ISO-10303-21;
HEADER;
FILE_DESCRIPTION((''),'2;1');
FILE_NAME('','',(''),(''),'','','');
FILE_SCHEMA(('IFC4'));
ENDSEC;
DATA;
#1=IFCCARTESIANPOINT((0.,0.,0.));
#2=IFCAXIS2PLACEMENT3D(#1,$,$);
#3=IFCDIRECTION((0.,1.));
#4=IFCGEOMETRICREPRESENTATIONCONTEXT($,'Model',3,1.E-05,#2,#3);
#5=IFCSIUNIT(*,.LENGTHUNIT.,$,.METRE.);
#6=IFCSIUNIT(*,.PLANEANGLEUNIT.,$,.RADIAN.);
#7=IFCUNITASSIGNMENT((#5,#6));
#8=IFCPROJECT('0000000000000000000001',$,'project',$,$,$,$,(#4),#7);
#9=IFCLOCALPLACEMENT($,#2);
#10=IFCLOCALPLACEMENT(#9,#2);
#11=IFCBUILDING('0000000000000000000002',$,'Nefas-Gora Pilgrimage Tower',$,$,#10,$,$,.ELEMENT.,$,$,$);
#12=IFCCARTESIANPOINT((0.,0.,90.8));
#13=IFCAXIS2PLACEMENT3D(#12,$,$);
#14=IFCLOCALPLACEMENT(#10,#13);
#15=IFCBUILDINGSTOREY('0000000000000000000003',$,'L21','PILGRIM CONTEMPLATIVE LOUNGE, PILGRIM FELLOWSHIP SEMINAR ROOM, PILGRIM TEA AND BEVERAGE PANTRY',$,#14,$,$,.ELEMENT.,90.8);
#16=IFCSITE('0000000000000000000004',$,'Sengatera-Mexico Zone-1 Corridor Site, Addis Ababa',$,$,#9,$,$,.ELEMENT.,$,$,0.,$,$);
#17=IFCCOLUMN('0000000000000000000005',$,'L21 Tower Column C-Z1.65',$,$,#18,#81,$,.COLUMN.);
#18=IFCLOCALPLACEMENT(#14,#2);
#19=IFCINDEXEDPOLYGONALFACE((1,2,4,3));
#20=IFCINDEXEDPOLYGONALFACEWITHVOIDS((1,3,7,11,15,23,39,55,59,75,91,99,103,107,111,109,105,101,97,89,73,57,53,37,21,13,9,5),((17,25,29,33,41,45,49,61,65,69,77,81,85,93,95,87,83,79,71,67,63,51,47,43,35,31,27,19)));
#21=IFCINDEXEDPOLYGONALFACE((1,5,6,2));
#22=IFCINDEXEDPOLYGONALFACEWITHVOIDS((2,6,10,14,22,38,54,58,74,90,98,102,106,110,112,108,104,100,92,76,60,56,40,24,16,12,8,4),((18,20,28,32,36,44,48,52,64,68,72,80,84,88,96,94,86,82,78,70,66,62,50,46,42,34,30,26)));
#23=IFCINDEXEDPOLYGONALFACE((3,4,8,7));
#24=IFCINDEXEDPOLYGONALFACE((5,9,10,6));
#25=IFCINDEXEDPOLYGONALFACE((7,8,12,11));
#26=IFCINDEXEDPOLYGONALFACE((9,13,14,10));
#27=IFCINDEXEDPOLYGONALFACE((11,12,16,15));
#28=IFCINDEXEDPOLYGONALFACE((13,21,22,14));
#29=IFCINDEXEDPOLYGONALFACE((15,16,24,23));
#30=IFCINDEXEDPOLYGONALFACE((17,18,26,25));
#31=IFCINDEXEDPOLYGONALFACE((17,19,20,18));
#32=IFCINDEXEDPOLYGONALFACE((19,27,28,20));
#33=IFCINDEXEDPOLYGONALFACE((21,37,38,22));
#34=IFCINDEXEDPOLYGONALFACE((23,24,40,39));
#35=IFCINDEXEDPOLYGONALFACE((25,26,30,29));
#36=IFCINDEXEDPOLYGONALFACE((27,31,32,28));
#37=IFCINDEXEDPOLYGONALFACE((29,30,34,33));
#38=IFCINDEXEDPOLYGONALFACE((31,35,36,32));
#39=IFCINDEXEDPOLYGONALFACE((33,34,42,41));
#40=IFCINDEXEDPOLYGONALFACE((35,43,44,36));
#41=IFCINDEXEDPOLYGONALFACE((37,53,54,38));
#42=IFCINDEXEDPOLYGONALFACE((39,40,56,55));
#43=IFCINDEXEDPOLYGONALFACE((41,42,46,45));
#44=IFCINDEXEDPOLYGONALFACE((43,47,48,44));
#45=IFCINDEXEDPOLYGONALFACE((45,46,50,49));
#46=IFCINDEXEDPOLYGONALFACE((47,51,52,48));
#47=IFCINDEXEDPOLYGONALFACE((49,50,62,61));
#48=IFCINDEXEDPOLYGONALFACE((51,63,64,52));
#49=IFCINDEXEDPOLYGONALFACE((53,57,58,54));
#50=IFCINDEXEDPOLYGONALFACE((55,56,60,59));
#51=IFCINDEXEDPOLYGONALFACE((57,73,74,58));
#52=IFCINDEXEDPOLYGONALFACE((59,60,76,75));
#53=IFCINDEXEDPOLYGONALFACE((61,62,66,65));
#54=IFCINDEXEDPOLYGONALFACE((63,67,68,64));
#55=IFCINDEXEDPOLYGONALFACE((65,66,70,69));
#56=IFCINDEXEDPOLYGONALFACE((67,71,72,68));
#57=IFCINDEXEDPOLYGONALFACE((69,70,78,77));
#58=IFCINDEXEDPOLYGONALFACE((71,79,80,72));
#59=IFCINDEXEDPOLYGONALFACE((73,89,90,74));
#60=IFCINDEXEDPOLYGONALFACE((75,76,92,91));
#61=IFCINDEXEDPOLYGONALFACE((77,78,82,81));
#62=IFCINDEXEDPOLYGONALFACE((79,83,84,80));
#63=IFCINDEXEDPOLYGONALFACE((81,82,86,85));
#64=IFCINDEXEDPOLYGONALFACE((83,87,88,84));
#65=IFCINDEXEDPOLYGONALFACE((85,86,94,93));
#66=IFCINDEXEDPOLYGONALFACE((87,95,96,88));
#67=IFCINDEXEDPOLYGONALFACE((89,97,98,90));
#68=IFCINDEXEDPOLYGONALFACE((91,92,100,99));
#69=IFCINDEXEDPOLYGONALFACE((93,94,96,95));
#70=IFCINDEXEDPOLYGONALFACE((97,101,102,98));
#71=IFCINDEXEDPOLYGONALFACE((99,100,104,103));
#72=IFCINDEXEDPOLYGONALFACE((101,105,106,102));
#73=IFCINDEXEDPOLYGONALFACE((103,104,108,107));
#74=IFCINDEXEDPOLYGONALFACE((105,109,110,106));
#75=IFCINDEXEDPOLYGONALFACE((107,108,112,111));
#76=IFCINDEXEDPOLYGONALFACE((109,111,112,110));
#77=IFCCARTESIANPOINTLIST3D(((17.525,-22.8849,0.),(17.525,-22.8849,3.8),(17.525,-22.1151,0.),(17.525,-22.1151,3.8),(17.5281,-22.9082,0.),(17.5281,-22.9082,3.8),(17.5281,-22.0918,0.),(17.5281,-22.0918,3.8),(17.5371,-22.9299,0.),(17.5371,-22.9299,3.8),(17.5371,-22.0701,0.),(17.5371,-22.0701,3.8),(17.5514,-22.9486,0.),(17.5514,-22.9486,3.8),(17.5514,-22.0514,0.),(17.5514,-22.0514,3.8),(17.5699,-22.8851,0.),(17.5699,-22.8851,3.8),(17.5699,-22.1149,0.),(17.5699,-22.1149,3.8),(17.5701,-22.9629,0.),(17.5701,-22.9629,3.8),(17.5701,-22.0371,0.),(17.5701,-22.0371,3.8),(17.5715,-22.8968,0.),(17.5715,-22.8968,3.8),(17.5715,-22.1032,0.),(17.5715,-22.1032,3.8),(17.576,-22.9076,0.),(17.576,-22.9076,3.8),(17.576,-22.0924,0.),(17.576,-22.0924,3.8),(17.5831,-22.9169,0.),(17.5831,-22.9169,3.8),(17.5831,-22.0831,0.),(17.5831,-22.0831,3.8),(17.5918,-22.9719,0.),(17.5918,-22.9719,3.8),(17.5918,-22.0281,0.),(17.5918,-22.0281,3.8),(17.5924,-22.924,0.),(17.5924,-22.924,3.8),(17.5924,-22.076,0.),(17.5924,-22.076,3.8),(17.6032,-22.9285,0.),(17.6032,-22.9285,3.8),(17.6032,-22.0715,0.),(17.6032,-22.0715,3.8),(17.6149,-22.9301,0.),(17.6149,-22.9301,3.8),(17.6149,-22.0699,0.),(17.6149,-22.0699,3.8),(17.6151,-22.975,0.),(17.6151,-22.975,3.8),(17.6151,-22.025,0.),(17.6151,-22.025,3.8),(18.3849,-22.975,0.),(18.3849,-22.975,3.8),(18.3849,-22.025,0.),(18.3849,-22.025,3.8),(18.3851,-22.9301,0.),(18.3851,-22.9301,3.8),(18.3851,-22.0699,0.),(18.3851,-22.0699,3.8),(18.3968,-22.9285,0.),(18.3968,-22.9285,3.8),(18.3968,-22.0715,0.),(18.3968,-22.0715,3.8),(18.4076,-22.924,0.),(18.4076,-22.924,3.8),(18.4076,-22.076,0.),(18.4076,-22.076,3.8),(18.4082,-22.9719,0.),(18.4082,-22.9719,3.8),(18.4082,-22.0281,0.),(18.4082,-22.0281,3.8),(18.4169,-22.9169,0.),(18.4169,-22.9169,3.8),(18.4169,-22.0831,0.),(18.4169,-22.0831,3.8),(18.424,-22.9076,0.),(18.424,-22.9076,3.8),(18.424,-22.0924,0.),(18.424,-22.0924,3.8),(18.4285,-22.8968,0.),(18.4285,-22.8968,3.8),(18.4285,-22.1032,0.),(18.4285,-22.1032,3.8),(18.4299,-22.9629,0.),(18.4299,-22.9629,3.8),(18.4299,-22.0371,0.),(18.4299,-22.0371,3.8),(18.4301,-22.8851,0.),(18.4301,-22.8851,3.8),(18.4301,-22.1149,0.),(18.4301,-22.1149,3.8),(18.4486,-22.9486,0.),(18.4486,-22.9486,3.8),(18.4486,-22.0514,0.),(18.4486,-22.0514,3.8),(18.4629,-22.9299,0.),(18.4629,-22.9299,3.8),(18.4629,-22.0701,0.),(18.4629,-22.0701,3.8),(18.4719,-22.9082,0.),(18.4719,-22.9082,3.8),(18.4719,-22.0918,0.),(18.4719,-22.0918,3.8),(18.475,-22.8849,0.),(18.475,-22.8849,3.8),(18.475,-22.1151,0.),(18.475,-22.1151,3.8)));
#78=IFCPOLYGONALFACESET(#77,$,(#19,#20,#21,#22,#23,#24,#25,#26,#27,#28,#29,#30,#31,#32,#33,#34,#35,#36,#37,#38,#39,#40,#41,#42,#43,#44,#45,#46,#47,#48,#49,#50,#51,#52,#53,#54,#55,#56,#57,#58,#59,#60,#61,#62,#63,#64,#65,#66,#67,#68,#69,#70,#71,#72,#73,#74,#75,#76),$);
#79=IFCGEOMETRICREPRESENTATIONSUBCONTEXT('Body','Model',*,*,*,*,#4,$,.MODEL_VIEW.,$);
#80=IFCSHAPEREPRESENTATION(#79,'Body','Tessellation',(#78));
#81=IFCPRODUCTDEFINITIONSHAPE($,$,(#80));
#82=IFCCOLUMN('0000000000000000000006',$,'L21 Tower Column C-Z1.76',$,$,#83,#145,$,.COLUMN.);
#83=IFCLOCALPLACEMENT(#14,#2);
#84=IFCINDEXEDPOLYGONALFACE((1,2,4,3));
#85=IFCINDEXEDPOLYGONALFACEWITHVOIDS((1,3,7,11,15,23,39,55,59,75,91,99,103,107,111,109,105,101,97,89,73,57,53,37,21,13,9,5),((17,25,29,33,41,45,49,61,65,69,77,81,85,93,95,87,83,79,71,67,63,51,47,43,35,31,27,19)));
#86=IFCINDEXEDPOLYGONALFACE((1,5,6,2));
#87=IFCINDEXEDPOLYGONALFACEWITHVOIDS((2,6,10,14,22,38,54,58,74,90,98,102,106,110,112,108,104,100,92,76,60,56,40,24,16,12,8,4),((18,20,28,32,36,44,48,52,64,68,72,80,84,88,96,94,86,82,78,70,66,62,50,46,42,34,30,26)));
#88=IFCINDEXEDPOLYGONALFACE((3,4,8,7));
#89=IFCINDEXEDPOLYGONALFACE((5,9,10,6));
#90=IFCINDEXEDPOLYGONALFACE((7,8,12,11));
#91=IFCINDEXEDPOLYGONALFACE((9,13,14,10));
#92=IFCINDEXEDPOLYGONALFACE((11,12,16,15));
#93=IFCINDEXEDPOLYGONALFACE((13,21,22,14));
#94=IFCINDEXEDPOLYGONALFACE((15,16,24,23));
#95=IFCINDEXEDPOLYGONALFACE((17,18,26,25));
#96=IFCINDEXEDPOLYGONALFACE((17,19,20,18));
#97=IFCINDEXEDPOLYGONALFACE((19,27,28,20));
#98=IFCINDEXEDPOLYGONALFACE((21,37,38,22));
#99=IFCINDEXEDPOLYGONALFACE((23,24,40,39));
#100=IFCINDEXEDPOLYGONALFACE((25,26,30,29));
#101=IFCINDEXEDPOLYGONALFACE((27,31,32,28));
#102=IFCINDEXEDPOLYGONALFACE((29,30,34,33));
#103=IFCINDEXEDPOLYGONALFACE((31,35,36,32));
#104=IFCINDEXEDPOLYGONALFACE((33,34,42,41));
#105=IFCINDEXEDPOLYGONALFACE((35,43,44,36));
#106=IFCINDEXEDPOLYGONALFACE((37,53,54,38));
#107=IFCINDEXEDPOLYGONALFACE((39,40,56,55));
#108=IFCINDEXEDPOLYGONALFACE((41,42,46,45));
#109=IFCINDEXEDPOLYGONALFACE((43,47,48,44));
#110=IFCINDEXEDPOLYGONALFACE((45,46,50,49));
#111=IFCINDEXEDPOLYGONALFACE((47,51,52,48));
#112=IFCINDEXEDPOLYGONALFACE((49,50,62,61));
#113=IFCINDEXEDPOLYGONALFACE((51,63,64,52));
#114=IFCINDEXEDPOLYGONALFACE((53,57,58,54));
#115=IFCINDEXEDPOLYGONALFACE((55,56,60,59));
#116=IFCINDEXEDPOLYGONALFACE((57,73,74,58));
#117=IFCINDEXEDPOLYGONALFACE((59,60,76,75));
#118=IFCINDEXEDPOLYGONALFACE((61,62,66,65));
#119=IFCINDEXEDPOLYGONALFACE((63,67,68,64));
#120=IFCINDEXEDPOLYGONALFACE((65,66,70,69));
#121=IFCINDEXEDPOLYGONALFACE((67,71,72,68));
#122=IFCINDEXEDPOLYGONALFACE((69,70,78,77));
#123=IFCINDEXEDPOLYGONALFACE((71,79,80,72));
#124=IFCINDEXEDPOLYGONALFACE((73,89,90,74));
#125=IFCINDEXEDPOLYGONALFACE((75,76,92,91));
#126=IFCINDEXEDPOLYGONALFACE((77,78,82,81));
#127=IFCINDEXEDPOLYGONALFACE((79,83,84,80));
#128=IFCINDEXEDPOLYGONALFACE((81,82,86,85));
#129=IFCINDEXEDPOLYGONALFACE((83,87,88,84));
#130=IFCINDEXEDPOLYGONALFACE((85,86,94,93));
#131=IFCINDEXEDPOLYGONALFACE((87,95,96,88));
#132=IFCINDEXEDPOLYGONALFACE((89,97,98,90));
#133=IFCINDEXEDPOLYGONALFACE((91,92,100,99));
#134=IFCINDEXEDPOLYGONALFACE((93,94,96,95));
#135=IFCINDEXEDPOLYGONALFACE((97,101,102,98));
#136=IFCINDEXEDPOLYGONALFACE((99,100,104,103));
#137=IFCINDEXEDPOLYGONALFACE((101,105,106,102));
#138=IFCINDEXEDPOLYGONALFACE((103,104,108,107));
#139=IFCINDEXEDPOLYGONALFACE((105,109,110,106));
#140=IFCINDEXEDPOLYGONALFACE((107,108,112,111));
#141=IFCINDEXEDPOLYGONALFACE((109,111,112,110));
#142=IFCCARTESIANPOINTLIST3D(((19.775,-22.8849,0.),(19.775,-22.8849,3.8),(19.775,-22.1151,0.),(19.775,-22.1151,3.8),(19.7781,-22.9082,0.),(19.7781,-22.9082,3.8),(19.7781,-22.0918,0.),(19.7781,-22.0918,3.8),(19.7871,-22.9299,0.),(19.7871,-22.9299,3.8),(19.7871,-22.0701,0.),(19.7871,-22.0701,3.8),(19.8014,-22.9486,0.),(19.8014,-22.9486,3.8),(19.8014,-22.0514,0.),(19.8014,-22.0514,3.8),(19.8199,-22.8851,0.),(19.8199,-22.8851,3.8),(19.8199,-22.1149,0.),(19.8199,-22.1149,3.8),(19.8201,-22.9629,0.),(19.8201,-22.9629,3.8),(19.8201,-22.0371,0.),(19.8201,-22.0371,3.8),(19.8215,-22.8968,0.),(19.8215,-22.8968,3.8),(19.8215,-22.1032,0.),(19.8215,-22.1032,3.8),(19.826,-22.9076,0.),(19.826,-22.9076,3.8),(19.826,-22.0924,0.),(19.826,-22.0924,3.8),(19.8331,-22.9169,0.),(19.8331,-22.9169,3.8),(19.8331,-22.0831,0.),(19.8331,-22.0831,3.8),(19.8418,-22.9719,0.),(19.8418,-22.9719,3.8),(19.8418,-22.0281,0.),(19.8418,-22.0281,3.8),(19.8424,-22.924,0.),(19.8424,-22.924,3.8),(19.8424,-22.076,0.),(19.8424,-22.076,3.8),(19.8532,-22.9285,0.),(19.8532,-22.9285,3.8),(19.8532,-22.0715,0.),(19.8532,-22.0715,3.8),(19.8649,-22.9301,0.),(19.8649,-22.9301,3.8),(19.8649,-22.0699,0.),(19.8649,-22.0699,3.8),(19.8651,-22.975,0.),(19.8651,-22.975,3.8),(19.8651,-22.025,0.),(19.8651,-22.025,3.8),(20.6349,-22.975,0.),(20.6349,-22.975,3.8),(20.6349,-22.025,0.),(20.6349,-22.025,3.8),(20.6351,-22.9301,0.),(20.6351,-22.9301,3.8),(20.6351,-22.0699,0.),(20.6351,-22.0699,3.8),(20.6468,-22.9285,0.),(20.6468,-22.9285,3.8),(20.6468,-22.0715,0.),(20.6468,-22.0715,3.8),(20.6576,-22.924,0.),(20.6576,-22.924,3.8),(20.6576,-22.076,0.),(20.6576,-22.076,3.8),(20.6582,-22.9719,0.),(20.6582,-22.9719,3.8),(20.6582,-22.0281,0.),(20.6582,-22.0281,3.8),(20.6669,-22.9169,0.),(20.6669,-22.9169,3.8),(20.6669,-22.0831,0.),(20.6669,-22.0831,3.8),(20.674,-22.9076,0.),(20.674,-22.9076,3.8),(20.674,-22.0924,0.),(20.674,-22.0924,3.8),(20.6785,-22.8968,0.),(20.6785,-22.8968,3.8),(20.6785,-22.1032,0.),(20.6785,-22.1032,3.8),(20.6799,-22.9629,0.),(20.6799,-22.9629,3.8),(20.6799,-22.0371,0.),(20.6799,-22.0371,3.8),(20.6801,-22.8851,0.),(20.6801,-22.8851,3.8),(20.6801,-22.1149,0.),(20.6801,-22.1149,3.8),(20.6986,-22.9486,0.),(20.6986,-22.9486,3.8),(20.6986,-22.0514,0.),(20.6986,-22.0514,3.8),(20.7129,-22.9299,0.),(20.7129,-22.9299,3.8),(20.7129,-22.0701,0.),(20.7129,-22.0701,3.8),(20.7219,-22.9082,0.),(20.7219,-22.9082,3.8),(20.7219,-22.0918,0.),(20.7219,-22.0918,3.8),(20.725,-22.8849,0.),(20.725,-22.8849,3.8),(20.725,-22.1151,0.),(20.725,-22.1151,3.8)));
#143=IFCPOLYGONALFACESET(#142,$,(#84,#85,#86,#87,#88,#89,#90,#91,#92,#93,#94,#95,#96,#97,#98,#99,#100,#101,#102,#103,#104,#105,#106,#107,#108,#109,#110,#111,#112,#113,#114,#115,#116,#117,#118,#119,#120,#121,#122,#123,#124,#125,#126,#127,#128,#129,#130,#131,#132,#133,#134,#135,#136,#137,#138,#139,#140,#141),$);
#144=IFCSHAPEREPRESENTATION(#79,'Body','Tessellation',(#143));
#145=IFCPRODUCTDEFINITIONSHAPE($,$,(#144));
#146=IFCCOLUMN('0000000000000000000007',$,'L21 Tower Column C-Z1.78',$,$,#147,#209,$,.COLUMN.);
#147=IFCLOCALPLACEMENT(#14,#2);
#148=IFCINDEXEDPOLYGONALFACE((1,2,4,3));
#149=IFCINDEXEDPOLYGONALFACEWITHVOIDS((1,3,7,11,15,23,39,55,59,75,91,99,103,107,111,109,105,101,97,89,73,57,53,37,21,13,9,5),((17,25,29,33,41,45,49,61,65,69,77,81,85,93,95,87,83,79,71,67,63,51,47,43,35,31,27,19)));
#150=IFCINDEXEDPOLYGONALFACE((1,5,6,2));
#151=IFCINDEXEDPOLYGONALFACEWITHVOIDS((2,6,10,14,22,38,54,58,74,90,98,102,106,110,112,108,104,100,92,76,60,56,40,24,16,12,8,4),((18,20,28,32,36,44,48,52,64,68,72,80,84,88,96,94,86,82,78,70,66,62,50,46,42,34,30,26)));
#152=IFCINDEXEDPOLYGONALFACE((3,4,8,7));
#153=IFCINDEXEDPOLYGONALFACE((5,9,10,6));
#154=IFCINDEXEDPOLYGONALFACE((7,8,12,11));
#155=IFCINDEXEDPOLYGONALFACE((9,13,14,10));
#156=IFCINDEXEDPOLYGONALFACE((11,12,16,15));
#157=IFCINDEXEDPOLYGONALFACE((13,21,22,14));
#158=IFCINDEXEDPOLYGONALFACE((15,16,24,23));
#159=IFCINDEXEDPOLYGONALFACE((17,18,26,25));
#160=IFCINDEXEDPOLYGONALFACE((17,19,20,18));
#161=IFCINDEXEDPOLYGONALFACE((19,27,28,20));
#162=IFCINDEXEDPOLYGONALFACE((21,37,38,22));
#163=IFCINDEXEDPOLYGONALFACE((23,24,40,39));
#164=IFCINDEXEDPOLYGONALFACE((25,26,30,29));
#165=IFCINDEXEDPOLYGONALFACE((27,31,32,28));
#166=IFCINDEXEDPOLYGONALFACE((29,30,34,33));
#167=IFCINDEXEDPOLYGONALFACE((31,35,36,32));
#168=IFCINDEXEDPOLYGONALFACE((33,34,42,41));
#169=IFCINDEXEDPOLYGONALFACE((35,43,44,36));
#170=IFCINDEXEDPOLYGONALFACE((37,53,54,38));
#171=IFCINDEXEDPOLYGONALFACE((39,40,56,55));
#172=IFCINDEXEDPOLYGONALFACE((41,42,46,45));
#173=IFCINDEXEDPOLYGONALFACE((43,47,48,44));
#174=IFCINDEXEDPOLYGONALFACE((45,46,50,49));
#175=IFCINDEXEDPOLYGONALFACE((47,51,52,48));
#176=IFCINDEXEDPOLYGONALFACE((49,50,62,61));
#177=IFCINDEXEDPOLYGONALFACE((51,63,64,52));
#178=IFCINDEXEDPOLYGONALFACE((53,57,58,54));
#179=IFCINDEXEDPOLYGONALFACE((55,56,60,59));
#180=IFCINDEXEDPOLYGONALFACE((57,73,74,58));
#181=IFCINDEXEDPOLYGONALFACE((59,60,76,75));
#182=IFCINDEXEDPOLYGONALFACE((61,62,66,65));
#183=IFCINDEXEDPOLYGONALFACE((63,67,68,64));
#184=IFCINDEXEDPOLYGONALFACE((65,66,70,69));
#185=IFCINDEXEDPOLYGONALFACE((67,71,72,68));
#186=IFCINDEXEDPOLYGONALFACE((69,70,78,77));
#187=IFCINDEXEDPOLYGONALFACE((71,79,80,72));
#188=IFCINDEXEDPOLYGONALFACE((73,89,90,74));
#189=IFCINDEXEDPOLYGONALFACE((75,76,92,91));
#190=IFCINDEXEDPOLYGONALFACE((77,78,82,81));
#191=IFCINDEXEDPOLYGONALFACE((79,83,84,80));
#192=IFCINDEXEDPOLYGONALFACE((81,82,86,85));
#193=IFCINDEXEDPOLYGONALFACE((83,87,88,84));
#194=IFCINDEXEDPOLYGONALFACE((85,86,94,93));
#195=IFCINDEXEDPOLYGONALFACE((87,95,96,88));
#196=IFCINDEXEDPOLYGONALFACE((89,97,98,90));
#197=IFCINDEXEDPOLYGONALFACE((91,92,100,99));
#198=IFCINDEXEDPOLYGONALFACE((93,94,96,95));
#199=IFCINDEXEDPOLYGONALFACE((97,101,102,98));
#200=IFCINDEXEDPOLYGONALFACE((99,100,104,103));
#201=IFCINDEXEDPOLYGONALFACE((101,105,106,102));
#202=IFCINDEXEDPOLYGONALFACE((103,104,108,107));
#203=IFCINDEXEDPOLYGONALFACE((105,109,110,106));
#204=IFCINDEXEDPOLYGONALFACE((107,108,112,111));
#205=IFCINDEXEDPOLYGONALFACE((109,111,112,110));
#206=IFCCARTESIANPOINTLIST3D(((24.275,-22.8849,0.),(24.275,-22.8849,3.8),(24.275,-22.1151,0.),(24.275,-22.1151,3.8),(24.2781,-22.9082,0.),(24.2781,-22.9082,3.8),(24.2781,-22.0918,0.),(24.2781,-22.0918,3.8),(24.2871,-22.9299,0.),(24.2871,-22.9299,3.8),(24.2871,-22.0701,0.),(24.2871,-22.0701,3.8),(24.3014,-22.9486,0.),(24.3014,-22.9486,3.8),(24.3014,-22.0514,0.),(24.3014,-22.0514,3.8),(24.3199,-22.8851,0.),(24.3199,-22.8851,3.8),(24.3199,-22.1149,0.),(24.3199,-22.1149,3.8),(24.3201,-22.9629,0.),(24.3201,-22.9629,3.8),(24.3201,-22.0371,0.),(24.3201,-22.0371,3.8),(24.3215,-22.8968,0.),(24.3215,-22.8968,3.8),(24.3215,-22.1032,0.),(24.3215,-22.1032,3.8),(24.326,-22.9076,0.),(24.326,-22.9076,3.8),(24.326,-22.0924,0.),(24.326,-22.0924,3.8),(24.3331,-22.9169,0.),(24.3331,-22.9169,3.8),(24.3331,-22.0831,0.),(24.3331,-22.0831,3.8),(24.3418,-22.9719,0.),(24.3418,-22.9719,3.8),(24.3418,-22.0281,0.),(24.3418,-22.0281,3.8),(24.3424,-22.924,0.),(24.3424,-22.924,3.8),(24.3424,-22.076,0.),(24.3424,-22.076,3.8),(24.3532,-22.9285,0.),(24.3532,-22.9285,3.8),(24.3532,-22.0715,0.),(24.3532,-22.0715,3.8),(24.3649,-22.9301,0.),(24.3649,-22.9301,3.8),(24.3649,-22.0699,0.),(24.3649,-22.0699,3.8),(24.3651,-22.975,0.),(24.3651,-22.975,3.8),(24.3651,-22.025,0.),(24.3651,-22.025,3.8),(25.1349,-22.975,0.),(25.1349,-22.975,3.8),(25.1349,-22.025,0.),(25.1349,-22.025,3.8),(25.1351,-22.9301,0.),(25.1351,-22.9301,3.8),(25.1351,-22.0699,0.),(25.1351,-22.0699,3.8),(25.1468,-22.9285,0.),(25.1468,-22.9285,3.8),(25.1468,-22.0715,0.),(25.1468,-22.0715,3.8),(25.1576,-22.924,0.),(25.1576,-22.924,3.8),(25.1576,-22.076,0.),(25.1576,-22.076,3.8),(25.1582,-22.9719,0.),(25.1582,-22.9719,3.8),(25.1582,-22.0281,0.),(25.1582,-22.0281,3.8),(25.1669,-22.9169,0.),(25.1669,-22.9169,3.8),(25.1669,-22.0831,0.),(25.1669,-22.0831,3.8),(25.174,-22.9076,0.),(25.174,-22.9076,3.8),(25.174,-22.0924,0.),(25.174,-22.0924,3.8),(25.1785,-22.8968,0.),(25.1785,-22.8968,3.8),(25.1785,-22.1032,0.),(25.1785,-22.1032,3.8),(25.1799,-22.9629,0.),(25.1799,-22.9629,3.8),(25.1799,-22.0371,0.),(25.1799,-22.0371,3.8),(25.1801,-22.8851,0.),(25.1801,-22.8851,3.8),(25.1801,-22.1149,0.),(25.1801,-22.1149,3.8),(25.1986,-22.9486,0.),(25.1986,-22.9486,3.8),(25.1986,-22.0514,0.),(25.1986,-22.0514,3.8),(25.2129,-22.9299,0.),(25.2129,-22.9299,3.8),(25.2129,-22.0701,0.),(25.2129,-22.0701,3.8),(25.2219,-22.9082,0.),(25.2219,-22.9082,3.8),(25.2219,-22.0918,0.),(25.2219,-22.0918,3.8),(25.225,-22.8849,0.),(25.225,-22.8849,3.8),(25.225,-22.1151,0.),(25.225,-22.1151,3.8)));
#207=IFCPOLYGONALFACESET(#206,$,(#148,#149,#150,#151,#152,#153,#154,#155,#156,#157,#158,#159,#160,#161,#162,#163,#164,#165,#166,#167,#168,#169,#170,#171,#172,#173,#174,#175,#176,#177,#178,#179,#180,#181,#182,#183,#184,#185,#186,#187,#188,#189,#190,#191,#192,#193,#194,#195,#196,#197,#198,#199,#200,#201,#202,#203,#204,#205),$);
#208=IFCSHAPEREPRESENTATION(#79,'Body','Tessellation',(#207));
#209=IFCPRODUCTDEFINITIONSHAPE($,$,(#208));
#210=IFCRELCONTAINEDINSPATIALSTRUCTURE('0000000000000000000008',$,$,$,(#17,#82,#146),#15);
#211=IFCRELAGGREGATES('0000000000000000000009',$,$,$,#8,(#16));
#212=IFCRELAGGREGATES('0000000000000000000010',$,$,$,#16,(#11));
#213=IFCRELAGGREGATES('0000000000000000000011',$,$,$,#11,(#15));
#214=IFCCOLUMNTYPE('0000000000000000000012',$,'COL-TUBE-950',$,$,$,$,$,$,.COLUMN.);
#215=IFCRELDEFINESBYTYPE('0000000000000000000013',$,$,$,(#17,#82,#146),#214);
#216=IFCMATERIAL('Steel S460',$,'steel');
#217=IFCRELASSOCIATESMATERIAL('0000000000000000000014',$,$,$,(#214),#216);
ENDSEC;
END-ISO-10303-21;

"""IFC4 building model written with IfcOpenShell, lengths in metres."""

from ifc_helpers import new_model, si_unit, direction, frame, origin, origin_2d, place, context, subcontext, project, spatial, hollow_rectangle, extrude, source, transform, mapped, material, material_profile, profile_set, type_object, element, save


model = new_model("IFC4")

# Units and contexts
model_context = context("Model", 3, precision=1e-05, world=origin(), true_north=direction((0.0, 1.0)))
body_context = subcontext(model_context, "Body", "Model", "MODEL_VIEW")
ifc_project = project(units=[si_unit("LENGTHUNIT", "METRE"), si_unit("PLANEANGLEUNIT", "RADIAN")], contexts=[model_context])

# Site, building, storey
site_placement = place(None, origin())
site = spatial("IfcSite", under=ifc_project, at=site_placement, Name="Sengatera-Mexico Zone-1 Corridor Site, Addis Ababa", CompositionType="ELEMENT", RefElevation=0.0)
building_placement = place(site_placement, origin())
building = spatial("IfcBuilding", under=site, at=building_placement, Name="Nefas-Gora Pilgrimage Tower", CompositionType="ELEMENT")
storey_placement = place(building_placement, frame((0.0, 0.0, 90.8)))
storey = spatial("IfcBuildingStorey", under=building, at=storey_placement, Name="L21", Description="PILGRIM CONTEMPLATIVE LOUNGE, PILGRIM FELLOWSHIP SEMINAR ROOM, PILGRIM TEA AND BEVERAGE PANTRY", CompositionType="ELEMENT", Elevation=90.8)

# Columns
ifc_material_1 = material(Name="Steel S460", Category="steel")
ifc_material_profile_1 = material_profile(ifc_material_1, hollow_rectangle(XDim=0.95, YDim=0.95, WallThickness=0.0449, InnerFilletRadius=0.0449, OuterFilletRadius=0.0901, at=origin_2d()), Name="BOX 950x950x45")
ifc_profile_set_1 = profile_set([ifc_material_profile_1], Name="Steel S460")
column_type_1 = type_object("IfcColumnType", Name="COL-TUBE-950", PredefinedType="COLUMN", material=ifc_profile_set_1)
shared_shape_1 = source(origin(), body_context, "Body", "SweptSolid", [
    extrude(hollow_rectangle(XDim=0.95, YDim=0.95, WallThickness=0.0449, InnerFilletRadius=0.0449, OuterFilletRadius=0.0901, at=origin_2d()), origin(), (0.0, 0.0, 1.0), 3.8),
])
for number, where, z_axis, x_axis, name in (
    (1, (18.0, -22.5, 0.0), (0.0, 0.0, 1.0), (1.0, 0.0, 0.0), "L21 Tower Column C-Z1.65"),
    (2, (20.25, -22.5, 0.0), (0.0, 0.0, 1.0), (1.0, 0.0, 0.0), "L21 Tower Column C-Z1.76"),
    (3, (24.75, -22.5, 0.0), (0.0, 0.0, 1.0), (1.0, 0.0, 0.0), "L21 Tower Column C-Z1.78"),
):
    element("IfcColumn", number, at=place(storey_placement, frame(where, z_axis=z_axis, x_axis=x_axis)), inside=storey, type_object=column_type_1, Name=name, PredefinedType="COLUMN", context=body_context, shape_type="MappedRepresentation", body=[
        mapped(shared_shape_1, transform((0.0, 0.0, 0.0), x_axis=(1.0, 0.0, 0.0), y_axis=(0.0, 1.0, 0.0), z_axis=(0.0, 0.0, 1.0), scale=1.0)),
    ])

save(model, "model.ifc")
